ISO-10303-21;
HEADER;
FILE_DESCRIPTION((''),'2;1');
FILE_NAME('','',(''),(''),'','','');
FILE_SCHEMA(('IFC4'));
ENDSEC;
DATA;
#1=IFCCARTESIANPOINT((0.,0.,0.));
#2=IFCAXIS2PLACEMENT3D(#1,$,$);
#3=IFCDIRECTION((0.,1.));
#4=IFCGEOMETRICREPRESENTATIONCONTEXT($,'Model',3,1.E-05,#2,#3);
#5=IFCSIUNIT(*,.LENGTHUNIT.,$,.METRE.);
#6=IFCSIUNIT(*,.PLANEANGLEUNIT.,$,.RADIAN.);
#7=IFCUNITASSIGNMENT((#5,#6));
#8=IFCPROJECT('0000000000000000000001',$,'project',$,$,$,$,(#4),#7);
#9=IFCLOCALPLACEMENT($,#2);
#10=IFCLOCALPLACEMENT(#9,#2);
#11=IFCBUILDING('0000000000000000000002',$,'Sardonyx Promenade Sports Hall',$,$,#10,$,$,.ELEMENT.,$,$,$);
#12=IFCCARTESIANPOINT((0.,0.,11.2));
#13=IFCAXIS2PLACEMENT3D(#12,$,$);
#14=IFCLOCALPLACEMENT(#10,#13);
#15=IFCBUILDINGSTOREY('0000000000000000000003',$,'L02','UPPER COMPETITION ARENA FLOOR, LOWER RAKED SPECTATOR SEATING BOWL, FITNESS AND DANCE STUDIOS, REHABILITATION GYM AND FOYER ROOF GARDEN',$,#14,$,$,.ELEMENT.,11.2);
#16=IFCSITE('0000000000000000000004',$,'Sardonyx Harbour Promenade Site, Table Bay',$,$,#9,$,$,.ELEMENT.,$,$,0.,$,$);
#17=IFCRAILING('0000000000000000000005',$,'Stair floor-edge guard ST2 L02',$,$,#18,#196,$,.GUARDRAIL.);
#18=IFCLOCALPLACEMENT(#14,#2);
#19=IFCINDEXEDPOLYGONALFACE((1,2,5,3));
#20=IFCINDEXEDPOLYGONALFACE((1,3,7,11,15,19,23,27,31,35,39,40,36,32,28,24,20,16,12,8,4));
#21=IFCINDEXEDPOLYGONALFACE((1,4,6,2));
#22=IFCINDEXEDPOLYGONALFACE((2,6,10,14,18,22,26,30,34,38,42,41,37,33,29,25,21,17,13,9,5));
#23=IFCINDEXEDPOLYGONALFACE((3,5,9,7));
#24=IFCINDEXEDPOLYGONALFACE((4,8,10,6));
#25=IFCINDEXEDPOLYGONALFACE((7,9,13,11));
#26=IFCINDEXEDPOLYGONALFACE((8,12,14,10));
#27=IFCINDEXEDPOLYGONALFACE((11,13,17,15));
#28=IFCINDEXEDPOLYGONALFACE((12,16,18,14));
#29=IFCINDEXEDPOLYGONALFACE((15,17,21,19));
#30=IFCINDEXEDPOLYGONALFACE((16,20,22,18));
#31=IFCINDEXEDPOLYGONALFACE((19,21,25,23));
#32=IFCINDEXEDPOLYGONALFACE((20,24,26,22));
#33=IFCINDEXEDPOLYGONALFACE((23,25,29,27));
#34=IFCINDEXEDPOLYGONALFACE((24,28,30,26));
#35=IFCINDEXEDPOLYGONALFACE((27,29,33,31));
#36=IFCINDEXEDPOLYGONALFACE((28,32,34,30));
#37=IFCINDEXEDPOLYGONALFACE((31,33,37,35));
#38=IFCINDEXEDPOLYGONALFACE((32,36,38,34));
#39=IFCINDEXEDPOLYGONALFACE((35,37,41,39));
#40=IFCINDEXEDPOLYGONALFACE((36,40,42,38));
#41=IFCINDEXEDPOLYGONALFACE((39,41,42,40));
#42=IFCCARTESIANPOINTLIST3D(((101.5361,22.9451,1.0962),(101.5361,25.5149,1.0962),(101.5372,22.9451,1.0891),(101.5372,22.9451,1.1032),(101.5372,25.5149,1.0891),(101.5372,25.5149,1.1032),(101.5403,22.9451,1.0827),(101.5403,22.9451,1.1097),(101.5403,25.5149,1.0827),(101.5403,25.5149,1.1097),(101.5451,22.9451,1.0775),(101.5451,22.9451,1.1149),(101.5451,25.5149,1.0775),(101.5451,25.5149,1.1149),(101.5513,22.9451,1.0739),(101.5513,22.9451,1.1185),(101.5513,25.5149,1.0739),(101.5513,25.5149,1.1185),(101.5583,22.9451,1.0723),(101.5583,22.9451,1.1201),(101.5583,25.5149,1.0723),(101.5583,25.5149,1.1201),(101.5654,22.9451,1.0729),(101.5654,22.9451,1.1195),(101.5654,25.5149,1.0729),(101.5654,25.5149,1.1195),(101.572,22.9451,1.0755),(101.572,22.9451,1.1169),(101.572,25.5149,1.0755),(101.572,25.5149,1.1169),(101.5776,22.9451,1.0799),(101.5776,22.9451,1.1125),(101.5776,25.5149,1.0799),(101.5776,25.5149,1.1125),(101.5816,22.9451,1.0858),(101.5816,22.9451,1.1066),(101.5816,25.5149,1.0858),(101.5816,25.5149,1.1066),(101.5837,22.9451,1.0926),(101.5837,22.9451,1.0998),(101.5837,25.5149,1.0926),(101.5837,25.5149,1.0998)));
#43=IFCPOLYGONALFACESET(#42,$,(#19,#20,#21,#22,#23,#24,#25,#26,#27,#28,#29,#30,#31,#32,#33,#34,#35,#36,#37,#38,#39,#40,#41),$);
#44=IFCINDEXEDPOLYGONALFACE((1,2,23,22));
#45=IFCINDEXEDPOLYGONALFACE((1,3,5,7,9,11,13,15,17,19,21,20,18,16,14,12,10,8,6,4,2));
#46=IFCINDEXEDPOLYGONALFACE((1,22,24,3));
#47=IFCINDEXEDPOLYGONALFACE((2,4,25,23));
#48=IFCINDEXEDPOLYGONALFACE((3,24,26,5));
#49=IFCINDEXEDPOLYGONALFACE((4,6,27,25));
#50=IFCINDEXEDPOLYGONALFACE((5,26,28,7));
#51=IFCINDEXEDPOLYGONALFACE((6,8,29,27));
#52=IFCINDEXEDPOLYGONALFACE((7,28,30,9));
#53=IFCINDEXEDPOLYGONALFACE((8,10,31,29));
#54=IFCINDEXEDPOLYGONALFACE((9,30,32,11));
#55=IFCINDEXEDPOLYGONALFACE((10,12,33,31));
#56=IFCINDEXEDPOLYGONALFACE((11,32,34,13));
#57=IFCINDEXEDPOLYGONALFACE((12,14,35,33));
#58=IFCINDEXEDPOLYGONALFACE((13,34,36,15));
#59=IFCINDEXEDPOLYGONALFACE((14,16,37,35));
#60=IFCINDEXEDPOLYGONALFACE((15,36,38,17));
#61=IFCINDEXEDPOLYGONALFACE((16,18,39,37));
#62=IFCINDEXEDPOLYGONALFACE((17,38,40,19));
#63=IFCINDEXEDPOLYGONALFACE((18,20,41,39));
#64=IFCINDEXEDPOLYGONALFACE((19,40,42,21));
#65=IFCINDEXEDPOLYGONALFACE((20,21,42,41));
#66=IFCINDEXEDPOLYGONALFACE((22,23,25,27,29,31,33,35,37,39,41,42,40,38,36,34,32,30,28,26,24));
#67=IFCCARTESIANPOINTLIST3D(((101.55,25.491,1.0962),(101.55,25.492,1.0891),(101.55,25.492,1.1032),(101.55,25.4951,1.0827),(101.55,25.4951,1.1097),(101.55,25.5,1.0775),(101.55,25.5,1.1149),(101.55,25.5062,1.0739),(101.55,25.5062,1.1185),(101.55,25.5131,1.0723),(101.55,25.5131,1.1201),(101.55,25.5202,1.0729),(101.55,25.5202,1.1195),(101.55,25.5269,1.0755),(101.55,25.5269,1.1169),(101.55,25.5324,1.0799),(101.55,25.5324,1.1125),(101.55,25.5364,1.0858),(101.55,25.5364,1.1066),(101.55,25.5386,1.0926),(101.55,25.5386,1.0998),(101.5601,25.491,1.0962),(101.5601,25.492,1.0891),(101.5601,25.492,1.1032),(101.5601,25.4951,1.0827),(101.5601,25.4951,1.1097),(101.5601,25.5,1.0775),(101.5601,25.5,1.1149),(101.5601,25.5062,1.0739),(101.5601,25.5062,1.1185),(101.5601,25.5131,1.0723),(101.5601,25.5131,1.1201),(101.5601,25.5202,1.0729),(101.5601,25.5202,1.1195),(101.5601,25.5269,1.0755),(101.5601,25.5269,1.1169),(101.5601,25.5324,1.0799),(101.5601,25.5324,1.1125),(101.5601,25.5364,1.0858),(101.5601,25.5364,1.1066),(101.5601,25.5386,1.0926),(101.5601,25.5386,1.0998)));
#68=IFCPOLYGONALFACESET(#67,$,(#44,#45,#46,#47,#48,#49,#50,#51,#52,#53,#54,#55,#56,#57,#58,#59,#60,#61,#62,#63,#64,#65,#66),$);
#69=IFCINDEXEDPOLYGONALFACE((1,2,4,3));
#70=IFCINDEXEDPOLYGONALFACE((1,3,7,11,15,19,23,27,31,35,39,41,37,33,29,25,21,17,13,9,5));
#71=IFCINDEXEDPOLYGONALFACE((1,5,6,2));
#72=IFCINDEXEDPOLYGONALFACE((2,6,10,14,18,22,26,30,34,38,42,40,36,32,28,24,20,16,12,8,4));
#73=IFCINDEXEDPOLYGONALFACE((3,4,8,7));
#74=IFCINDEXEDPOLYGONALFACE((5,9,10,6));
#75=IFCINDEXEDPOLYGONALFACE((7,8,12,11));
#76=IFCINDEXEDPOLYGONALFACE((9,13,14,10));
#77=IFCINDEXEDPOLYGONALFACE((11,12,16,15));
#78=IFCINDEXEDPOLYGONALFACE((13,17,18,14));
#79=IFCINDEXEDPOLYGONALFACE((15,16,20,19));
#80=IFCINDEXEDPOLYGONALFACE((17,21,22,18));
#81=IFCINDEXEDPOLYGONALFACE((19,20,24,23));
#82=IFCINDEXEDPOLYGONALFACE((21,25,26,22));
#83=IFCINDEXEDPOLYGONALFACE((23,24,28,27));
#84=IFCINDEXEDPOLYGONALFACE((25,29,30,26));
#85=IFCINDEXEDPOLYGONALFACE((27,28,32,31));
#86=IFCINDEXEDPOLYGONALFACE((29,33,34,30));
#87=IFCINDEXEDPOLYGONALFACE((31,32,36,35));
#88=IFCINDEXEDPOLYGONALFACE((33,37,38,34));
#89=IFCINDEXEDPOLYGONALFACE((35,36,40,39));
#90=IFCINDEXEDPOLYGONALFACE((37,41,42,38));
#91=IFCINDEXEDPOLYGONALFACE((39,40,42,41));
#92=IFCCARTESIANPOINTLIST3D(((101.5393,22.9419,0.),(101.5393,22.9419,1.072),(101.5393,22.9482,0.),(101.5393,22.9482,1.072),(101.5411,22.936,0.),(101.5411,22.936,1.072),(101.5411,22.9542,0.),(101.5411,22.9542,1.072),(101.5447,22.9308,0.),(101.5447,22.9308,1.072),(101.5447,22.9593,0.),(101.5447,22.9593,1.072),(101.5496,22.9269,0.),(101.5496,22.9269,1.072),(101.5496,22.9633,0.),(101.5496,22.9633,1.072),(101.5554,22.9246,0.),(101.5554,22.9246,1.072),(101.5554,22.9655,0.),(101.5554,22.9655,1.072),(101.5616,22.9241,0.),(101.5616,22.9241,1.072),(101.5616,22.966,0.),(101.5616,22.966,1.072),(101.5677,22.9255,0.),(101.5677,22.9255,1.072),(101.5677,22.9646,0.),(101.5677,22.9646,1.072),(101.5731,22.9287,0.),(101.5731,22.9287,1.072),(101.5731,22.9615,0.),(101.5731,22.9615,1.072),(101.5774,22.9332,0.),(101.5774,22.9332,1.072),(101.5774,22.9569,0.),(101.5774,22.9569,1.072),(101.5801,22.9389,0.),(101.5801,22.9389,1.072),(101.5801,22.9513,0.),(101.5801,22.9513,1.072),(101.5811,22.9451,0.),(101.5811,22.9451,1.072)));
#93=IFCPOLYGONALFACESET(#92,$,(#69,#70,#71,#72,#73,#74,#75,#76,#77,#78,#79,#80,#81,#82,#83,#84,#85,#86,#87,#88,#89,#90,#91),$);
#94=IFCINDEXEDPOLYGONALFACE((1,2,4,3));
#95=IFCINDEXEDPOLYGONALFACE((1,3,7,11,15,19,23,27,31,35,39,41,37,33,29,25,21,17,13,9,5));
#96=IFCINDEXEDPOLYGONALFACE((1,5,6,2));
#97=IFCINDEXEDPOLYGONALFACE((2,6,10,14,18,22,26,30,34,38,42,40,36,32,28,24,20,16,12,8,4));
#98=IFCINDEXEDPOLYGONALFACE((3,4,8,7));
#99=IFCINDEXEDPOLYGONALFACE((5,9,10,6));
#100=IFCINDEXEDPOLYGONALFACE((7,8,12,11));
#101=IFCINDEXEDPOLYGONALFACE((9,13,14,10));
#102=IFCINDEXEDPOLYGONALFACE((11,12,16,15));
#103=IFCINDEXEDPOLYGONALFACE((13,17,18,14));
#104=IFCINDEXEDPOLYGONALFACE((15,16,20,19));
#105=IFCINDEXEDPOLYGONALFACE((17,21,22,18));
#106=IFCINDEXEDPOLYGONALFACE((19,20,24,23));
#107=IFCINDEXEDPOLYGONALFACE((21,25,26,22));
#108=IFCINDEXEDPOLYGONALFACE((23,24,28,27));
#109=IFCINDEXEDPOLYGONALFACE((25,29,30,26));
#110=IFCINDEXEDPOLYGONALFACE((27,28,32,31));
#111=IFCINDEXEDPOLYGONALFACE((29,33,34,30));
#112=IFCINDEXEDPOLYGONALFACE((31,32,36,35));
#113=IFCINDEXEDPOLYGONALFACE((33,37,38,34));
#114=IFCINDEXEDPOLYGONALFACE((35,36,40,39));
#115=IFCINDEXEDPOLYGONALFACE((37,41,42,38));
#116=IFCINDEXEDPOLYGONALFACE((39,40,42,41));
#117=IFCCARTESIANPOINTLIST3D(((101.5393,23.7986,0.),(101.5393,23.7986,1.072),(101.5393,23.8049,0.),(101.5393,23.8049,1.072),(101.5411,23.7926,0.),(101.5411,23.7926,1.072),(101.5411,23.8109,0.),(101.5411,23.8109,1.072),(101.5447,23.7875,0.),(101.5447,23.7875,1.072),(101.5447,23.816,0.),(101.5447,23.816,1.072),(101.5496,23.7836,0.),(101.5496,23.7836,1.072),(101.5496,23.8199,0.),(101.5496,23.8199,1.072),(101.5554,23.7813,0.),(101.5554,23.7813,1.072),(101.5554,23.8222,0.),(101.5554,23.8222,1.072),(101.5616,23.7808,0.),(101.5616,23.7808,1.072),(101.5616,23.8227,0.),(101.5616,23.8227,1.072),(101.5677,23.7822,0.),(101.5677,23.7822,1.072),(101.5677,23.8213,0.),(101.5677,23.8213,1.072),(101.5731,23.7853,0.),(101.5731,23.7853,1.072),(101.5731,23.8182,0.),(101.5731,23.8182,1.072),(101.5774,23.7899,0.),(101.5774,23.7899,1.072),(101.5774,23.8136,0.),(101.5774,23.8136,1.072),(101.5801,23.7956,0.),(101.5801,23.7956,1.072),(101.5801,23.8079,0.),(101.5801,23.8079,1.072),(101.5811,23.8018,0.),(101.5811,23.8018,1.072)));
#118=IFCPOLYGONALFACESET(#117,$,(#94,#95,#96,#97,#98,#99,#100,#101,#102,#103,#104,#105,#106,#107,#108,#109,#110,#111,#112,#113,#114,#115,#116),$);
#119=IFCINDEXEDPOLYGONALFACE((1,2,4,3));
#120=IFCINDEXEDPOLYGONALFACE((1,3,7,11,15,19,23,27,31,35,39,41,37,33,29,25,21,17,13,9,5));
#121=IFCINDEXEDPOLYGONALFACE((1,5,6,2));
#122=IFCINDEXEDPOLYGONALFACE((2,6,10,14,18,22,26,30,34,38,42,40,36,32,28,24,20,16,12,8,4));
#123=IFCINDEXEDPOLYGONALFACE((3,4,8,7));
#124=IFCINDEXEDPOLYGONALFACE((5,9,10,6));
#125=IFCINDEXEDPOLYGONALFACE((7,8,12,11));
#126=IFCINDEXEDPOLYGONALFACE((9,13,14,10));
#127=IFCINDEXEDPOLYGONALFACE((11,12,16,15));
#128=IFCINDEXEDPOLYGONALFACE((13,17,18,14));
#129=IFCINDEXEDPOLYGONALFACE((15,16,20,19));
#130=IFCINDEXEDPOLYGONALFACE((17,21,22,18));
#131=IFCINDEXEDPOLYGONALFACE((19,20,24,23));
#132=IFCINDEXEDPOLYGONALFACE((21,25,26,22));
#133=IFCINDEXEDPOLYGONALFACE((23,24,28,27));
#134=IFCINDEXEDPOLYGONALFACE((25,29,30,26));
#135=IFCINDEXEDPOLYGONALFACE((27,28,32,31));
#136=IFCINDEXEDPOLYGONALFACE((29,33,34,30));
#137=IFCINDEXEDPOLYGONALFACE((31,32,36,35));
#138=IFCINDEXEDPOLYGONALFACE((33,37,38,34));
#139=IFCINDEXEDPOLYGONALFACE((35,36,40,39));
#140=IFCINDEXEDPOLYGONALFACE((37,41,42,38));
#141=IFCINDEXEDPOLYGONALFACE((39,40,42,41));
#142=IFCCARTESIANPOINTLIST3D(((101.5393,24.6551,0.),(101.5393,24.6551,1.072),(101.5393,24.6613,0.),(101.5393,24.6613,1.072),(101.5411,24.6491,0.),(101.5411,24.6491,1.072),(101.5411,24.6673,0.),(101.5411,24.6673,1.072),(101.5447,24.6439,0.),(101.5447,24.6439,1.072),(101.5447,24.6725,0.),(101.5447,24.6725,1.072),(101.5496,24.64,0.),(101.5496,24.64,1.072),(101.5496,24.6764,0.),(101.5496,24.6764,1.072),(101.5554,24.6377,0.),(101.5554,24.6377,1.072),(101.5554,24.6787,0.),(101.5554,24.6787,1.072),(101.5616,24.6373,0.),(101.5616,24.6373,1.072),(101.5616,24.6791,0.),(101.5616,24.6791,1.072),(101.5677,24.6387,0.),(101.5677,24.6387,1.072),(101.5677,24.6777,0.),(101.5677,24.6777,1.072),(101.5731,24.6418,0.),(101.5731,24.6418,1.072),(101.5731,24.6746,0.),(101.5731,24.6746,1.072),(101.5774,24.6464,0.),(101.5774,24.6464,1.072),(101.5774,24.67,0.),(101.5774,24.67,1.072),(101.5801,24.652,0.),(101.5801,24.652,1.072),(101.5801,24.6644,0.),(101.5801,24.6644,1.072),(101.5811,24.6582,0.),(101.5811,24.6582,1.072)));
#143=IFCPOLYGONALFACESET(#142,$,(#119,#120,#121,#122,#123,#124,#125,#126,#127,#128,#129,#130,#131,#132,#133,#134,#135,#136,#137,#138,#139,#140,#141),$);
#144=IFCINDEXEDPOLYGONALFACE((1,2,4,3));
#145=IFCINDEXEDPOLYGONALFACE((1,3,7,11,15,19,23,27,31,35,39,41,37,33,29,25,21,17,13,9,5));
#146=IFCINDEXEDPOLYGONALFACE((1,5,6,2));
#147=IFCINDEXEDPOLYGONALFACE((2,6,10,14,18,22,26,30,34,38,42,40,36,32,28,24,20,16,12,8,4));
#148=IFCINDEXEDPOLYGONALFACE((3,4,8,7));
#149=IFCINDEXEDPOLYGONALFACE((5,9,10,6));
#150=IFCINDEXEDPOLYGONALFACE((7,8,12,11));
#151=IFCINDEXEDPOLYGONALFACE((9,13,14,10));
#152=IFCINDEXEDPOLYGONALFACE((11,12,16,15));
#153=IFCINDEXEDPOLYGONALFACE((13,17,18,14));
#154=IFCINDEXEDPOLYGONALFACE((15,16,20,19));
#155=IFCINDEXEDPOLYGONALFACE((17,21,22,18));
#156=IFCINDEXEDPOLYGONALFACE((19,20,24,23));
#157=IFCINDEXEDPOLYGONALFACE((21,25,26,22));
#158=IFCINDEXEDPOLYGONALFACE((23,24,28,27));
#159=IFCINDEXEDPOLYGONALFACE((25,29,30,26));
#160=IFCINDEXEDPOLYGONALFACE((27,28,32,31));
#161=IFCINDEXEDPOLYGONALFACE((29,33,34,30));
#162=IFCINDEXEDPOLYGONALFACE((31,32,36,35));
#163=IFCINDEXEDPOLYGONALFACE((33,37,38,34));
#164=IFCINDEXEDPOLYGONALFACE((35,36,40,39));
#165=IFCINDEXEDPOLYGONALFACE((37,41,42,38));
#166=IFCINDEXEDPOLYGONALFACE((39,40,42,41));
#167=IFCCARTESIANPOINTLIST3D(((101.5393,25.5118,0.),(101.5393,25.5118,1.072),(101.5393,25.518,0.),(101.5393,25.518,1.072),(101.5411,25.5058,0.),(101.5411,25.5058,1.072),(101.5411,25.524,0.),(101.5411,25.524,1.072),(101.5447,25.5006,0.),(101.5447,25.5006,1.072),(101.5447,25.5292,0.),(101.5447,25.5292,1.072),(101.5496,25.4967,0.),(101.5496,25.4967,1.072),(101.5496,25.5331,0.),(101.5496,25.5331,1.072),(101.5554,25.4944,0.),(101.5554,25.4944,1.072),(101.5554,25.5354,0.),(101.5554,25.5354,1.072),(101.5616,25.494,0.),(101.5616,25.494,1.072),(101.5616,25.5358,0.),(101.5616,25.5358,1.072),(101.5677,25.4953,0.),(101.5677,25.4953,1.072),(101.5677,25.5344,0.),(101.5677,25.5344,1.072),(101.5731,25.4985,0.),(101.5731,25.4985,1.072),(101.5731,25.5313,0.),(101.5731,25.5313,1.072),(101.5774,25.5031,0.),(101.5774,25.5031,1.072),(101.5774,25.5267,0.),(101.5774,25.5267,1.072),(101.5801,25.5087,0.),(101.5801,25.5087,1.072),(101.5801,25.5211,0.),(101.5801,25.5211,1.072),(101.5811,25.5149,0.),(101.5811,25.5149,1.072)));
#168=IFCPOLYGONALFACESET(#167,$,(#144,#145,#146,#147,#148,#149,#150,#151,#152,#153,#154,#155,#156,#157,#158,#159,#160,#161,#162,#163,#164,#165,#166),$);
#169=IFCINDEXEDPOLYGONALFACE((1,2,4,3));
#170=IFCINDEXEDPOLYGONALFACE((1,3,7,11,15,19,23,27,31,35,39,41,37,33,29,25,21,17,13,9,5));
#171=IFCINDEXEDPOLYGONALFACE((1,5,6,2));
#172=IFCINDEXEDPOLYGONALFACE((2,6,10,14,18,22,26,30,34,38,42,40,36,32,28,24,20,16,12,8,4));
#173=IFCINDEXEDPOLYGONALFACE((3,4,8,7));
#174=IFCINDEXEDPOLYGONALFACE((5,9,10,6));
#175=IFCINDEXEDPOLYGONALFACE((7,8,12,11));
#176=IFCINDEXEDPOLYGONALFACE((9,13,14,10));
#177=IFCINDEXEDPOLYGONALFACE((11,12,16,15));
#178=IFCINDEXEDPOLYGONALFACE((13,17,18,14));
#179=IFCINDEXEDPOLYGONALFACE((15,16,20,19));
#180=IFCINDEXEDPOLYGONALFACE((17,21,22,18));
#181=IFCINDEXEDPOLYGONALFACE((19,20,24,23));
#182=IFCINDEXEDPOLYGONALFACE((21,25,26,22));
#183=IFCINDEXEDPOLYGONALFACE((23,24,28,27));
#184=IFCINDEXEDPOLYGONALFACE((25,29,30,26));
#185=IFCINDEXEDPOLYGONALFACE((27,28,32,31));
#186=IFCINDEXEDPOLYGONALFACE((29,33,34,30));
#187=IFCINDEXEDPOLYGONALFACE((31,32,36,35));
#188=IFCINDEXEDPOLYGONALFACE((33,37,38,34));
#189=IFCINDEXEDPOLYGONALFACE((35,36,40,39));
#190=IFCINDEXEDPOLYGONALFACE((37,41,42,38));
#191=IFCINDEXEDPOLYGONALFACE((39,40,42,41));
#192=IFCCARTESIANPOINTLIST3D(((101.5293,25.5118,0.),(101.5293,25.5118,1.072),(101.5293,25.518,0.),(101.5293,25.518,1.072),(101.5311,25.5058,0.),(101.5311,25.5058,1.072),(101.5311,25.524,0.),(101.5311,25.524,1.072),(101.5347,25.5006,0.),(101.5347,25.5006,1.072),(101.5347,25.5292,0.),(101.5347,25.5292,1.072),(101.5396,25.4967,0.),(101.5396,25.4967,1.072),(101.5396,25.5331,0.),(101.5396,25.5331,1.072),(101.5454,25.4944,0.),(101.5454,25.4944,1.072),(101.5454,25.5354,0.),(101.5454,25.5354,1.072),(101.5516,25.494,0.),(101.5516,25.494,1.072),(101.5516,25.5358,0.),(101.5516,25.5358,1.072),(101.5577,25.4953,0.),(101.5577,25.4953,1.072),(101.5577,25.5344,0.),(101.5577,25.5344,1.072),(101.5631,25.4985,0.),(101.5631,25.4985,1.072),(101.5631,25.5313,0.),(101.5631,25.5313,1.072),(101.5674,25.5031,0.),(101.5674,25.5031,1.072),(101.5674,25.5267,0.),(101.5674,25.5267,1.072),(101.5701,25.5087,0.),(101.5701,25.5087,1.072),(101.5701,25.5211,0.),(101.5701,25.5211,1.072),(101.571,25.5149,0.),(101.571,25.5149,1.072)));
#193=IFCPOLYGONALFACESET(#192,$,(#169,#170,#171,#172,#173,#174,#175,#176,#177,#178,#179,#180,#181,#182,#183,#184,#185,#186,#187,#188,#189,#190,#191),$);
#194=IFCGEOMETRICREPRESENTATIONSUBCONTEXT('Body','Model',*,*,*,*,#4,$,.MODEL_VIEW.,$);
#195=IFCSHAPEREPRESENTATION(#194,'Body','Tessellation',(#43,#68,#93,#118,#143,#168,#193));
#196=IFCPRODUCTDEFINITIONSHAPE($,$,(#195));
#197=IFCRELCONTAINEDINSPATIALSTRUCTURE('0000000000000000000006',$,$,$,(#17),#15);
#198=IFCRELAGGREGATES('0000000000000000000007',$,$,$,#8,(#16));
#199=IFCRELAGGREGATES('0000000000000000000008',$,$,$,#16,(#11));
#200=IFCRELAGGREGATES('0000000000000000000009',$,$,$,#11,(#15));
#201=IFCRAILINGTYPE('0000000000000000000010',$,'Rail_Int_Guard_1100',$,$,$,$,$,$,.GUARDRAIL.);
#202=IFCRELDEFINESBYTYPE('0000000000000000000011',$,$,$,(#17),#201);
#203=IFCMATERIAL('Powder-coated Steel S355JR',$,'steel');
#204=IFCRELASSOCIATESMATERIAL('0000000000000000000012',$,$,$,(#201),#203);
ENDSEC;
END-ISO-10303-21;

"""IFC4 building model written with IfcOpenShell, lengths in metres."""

from ifc_helpers import new_model, si_unit, direction, frame, origin, origin_2d, place, context, subcontext, project, spatial, circle, extrude, material, type_object, element, save


model = new_model("IFC4")

# Units and contexts
model_context = context("Model", 3, precision=1e-05, world=origin(), true_north=direction((0.0, 1.0)))
body_context = subcontext(model_context, "Body", "Model", "MODEL_VIEW")
ifc_project = project(units=[si_unit("LENGTHUNIT", "METRE"), si_unit("PLANEANGLEUNIT", "RADIAN")], contexts=[model_context])

# Site, building, storey
site_placement = place(None, origin())
site = spatial("IfcSite", under=ifc_project, at=site_placement, Name="Sardonyx Harbour Promenade Site, Table Bay", CompositionType="ELEMENT", RefElevation=0.0)
building_placement = place(site_placement, origin())
building = spatial("IfcBuilding", under=site, at=building_placement, Name="Sardonyx Promenade Sports Hall", CompositionType="ELEMENT")
storey_placement = place(building_placement, frame((0.0, 0.0, 11.2)))
storey = spatial("IfcBuildingStorey", under=building, at=storey_placement, Name="L02", Description="UPPER COMPETITION ARENA FLOOR, LOWER RAKED SPECTATOR SEATING BOWL, FITNESS AND DANCE STUDIOS, REHABILITATION GYM AND FOYER ROOF GARDEN", CompositionType="ELEMENT", Elevation=11.2)

# Railing
ifc_material_1 = material(Name="Powder-coated Steel S355JR", Category="steel")
railing_type = type_object("IfcRailingType", Name="Rail_Int_Guard_1100", PredefinedType="GUARDRAIL", material=ifc_material_1)
railing_placement = place(storey_placement, frame((101.5601, 22.9451, 0.0)))
element("IfcRailing", 1, at=railing_placement, inside=storey, type_object=railing_type, Name="Stair floor-edge guard ST2 L02", PredefinedType="GUARDRAIL", context=body_context, shape_type="SweptSolid", body=[
    extrude(circle(Radius=0.0239, at=origin_2d()), frame((0.0, 0.0, 1.0962), z_axis=(0.0, 1.0, 0.0), x_axis=(-1.0, 0.0, 0.0)), (0.0, 0.0, 1.0), 2.5698),
    extrude(circle(Radius=0.0239, at=origin_2d()), frame((0.0, 2.5698, 1.0962), z_axis=(-1.0, 0.0, 0.0), x_axis=(0.0, -1.0, 0.0)), (0.0, 0.0, 1.0), 0.01),
    extrude(circle(Radius=0.021, at=origin_2d()), origin(), (0.0, 0.0, 1.0), 1.072),
    extrude(circle(Radius=0.021, at=origin_2d()), frame((0.0, 0.8567, 0.0)), (0.0, 0.0, 1.0), 1.072),
    extrude(circle(Radius=0.021, at=origin_2d()), frame((0.0, 1.7131, 0.0)), (0.0, 0.0, 1.0), 1.072),
    extrude(circle(Radius=0.021, at=origin_2d()), frame((0.0, 2.5698, 0.0)), (0.0, 0.0, 1.0), 1.072),
    extrude(circle(Radius=0.021, at=origin_2d()), frame((-0.01, 2.5698, 0.0)), (0.0, 0.0, 1.0), 1.072),
])

save(model, "model.ifc")
